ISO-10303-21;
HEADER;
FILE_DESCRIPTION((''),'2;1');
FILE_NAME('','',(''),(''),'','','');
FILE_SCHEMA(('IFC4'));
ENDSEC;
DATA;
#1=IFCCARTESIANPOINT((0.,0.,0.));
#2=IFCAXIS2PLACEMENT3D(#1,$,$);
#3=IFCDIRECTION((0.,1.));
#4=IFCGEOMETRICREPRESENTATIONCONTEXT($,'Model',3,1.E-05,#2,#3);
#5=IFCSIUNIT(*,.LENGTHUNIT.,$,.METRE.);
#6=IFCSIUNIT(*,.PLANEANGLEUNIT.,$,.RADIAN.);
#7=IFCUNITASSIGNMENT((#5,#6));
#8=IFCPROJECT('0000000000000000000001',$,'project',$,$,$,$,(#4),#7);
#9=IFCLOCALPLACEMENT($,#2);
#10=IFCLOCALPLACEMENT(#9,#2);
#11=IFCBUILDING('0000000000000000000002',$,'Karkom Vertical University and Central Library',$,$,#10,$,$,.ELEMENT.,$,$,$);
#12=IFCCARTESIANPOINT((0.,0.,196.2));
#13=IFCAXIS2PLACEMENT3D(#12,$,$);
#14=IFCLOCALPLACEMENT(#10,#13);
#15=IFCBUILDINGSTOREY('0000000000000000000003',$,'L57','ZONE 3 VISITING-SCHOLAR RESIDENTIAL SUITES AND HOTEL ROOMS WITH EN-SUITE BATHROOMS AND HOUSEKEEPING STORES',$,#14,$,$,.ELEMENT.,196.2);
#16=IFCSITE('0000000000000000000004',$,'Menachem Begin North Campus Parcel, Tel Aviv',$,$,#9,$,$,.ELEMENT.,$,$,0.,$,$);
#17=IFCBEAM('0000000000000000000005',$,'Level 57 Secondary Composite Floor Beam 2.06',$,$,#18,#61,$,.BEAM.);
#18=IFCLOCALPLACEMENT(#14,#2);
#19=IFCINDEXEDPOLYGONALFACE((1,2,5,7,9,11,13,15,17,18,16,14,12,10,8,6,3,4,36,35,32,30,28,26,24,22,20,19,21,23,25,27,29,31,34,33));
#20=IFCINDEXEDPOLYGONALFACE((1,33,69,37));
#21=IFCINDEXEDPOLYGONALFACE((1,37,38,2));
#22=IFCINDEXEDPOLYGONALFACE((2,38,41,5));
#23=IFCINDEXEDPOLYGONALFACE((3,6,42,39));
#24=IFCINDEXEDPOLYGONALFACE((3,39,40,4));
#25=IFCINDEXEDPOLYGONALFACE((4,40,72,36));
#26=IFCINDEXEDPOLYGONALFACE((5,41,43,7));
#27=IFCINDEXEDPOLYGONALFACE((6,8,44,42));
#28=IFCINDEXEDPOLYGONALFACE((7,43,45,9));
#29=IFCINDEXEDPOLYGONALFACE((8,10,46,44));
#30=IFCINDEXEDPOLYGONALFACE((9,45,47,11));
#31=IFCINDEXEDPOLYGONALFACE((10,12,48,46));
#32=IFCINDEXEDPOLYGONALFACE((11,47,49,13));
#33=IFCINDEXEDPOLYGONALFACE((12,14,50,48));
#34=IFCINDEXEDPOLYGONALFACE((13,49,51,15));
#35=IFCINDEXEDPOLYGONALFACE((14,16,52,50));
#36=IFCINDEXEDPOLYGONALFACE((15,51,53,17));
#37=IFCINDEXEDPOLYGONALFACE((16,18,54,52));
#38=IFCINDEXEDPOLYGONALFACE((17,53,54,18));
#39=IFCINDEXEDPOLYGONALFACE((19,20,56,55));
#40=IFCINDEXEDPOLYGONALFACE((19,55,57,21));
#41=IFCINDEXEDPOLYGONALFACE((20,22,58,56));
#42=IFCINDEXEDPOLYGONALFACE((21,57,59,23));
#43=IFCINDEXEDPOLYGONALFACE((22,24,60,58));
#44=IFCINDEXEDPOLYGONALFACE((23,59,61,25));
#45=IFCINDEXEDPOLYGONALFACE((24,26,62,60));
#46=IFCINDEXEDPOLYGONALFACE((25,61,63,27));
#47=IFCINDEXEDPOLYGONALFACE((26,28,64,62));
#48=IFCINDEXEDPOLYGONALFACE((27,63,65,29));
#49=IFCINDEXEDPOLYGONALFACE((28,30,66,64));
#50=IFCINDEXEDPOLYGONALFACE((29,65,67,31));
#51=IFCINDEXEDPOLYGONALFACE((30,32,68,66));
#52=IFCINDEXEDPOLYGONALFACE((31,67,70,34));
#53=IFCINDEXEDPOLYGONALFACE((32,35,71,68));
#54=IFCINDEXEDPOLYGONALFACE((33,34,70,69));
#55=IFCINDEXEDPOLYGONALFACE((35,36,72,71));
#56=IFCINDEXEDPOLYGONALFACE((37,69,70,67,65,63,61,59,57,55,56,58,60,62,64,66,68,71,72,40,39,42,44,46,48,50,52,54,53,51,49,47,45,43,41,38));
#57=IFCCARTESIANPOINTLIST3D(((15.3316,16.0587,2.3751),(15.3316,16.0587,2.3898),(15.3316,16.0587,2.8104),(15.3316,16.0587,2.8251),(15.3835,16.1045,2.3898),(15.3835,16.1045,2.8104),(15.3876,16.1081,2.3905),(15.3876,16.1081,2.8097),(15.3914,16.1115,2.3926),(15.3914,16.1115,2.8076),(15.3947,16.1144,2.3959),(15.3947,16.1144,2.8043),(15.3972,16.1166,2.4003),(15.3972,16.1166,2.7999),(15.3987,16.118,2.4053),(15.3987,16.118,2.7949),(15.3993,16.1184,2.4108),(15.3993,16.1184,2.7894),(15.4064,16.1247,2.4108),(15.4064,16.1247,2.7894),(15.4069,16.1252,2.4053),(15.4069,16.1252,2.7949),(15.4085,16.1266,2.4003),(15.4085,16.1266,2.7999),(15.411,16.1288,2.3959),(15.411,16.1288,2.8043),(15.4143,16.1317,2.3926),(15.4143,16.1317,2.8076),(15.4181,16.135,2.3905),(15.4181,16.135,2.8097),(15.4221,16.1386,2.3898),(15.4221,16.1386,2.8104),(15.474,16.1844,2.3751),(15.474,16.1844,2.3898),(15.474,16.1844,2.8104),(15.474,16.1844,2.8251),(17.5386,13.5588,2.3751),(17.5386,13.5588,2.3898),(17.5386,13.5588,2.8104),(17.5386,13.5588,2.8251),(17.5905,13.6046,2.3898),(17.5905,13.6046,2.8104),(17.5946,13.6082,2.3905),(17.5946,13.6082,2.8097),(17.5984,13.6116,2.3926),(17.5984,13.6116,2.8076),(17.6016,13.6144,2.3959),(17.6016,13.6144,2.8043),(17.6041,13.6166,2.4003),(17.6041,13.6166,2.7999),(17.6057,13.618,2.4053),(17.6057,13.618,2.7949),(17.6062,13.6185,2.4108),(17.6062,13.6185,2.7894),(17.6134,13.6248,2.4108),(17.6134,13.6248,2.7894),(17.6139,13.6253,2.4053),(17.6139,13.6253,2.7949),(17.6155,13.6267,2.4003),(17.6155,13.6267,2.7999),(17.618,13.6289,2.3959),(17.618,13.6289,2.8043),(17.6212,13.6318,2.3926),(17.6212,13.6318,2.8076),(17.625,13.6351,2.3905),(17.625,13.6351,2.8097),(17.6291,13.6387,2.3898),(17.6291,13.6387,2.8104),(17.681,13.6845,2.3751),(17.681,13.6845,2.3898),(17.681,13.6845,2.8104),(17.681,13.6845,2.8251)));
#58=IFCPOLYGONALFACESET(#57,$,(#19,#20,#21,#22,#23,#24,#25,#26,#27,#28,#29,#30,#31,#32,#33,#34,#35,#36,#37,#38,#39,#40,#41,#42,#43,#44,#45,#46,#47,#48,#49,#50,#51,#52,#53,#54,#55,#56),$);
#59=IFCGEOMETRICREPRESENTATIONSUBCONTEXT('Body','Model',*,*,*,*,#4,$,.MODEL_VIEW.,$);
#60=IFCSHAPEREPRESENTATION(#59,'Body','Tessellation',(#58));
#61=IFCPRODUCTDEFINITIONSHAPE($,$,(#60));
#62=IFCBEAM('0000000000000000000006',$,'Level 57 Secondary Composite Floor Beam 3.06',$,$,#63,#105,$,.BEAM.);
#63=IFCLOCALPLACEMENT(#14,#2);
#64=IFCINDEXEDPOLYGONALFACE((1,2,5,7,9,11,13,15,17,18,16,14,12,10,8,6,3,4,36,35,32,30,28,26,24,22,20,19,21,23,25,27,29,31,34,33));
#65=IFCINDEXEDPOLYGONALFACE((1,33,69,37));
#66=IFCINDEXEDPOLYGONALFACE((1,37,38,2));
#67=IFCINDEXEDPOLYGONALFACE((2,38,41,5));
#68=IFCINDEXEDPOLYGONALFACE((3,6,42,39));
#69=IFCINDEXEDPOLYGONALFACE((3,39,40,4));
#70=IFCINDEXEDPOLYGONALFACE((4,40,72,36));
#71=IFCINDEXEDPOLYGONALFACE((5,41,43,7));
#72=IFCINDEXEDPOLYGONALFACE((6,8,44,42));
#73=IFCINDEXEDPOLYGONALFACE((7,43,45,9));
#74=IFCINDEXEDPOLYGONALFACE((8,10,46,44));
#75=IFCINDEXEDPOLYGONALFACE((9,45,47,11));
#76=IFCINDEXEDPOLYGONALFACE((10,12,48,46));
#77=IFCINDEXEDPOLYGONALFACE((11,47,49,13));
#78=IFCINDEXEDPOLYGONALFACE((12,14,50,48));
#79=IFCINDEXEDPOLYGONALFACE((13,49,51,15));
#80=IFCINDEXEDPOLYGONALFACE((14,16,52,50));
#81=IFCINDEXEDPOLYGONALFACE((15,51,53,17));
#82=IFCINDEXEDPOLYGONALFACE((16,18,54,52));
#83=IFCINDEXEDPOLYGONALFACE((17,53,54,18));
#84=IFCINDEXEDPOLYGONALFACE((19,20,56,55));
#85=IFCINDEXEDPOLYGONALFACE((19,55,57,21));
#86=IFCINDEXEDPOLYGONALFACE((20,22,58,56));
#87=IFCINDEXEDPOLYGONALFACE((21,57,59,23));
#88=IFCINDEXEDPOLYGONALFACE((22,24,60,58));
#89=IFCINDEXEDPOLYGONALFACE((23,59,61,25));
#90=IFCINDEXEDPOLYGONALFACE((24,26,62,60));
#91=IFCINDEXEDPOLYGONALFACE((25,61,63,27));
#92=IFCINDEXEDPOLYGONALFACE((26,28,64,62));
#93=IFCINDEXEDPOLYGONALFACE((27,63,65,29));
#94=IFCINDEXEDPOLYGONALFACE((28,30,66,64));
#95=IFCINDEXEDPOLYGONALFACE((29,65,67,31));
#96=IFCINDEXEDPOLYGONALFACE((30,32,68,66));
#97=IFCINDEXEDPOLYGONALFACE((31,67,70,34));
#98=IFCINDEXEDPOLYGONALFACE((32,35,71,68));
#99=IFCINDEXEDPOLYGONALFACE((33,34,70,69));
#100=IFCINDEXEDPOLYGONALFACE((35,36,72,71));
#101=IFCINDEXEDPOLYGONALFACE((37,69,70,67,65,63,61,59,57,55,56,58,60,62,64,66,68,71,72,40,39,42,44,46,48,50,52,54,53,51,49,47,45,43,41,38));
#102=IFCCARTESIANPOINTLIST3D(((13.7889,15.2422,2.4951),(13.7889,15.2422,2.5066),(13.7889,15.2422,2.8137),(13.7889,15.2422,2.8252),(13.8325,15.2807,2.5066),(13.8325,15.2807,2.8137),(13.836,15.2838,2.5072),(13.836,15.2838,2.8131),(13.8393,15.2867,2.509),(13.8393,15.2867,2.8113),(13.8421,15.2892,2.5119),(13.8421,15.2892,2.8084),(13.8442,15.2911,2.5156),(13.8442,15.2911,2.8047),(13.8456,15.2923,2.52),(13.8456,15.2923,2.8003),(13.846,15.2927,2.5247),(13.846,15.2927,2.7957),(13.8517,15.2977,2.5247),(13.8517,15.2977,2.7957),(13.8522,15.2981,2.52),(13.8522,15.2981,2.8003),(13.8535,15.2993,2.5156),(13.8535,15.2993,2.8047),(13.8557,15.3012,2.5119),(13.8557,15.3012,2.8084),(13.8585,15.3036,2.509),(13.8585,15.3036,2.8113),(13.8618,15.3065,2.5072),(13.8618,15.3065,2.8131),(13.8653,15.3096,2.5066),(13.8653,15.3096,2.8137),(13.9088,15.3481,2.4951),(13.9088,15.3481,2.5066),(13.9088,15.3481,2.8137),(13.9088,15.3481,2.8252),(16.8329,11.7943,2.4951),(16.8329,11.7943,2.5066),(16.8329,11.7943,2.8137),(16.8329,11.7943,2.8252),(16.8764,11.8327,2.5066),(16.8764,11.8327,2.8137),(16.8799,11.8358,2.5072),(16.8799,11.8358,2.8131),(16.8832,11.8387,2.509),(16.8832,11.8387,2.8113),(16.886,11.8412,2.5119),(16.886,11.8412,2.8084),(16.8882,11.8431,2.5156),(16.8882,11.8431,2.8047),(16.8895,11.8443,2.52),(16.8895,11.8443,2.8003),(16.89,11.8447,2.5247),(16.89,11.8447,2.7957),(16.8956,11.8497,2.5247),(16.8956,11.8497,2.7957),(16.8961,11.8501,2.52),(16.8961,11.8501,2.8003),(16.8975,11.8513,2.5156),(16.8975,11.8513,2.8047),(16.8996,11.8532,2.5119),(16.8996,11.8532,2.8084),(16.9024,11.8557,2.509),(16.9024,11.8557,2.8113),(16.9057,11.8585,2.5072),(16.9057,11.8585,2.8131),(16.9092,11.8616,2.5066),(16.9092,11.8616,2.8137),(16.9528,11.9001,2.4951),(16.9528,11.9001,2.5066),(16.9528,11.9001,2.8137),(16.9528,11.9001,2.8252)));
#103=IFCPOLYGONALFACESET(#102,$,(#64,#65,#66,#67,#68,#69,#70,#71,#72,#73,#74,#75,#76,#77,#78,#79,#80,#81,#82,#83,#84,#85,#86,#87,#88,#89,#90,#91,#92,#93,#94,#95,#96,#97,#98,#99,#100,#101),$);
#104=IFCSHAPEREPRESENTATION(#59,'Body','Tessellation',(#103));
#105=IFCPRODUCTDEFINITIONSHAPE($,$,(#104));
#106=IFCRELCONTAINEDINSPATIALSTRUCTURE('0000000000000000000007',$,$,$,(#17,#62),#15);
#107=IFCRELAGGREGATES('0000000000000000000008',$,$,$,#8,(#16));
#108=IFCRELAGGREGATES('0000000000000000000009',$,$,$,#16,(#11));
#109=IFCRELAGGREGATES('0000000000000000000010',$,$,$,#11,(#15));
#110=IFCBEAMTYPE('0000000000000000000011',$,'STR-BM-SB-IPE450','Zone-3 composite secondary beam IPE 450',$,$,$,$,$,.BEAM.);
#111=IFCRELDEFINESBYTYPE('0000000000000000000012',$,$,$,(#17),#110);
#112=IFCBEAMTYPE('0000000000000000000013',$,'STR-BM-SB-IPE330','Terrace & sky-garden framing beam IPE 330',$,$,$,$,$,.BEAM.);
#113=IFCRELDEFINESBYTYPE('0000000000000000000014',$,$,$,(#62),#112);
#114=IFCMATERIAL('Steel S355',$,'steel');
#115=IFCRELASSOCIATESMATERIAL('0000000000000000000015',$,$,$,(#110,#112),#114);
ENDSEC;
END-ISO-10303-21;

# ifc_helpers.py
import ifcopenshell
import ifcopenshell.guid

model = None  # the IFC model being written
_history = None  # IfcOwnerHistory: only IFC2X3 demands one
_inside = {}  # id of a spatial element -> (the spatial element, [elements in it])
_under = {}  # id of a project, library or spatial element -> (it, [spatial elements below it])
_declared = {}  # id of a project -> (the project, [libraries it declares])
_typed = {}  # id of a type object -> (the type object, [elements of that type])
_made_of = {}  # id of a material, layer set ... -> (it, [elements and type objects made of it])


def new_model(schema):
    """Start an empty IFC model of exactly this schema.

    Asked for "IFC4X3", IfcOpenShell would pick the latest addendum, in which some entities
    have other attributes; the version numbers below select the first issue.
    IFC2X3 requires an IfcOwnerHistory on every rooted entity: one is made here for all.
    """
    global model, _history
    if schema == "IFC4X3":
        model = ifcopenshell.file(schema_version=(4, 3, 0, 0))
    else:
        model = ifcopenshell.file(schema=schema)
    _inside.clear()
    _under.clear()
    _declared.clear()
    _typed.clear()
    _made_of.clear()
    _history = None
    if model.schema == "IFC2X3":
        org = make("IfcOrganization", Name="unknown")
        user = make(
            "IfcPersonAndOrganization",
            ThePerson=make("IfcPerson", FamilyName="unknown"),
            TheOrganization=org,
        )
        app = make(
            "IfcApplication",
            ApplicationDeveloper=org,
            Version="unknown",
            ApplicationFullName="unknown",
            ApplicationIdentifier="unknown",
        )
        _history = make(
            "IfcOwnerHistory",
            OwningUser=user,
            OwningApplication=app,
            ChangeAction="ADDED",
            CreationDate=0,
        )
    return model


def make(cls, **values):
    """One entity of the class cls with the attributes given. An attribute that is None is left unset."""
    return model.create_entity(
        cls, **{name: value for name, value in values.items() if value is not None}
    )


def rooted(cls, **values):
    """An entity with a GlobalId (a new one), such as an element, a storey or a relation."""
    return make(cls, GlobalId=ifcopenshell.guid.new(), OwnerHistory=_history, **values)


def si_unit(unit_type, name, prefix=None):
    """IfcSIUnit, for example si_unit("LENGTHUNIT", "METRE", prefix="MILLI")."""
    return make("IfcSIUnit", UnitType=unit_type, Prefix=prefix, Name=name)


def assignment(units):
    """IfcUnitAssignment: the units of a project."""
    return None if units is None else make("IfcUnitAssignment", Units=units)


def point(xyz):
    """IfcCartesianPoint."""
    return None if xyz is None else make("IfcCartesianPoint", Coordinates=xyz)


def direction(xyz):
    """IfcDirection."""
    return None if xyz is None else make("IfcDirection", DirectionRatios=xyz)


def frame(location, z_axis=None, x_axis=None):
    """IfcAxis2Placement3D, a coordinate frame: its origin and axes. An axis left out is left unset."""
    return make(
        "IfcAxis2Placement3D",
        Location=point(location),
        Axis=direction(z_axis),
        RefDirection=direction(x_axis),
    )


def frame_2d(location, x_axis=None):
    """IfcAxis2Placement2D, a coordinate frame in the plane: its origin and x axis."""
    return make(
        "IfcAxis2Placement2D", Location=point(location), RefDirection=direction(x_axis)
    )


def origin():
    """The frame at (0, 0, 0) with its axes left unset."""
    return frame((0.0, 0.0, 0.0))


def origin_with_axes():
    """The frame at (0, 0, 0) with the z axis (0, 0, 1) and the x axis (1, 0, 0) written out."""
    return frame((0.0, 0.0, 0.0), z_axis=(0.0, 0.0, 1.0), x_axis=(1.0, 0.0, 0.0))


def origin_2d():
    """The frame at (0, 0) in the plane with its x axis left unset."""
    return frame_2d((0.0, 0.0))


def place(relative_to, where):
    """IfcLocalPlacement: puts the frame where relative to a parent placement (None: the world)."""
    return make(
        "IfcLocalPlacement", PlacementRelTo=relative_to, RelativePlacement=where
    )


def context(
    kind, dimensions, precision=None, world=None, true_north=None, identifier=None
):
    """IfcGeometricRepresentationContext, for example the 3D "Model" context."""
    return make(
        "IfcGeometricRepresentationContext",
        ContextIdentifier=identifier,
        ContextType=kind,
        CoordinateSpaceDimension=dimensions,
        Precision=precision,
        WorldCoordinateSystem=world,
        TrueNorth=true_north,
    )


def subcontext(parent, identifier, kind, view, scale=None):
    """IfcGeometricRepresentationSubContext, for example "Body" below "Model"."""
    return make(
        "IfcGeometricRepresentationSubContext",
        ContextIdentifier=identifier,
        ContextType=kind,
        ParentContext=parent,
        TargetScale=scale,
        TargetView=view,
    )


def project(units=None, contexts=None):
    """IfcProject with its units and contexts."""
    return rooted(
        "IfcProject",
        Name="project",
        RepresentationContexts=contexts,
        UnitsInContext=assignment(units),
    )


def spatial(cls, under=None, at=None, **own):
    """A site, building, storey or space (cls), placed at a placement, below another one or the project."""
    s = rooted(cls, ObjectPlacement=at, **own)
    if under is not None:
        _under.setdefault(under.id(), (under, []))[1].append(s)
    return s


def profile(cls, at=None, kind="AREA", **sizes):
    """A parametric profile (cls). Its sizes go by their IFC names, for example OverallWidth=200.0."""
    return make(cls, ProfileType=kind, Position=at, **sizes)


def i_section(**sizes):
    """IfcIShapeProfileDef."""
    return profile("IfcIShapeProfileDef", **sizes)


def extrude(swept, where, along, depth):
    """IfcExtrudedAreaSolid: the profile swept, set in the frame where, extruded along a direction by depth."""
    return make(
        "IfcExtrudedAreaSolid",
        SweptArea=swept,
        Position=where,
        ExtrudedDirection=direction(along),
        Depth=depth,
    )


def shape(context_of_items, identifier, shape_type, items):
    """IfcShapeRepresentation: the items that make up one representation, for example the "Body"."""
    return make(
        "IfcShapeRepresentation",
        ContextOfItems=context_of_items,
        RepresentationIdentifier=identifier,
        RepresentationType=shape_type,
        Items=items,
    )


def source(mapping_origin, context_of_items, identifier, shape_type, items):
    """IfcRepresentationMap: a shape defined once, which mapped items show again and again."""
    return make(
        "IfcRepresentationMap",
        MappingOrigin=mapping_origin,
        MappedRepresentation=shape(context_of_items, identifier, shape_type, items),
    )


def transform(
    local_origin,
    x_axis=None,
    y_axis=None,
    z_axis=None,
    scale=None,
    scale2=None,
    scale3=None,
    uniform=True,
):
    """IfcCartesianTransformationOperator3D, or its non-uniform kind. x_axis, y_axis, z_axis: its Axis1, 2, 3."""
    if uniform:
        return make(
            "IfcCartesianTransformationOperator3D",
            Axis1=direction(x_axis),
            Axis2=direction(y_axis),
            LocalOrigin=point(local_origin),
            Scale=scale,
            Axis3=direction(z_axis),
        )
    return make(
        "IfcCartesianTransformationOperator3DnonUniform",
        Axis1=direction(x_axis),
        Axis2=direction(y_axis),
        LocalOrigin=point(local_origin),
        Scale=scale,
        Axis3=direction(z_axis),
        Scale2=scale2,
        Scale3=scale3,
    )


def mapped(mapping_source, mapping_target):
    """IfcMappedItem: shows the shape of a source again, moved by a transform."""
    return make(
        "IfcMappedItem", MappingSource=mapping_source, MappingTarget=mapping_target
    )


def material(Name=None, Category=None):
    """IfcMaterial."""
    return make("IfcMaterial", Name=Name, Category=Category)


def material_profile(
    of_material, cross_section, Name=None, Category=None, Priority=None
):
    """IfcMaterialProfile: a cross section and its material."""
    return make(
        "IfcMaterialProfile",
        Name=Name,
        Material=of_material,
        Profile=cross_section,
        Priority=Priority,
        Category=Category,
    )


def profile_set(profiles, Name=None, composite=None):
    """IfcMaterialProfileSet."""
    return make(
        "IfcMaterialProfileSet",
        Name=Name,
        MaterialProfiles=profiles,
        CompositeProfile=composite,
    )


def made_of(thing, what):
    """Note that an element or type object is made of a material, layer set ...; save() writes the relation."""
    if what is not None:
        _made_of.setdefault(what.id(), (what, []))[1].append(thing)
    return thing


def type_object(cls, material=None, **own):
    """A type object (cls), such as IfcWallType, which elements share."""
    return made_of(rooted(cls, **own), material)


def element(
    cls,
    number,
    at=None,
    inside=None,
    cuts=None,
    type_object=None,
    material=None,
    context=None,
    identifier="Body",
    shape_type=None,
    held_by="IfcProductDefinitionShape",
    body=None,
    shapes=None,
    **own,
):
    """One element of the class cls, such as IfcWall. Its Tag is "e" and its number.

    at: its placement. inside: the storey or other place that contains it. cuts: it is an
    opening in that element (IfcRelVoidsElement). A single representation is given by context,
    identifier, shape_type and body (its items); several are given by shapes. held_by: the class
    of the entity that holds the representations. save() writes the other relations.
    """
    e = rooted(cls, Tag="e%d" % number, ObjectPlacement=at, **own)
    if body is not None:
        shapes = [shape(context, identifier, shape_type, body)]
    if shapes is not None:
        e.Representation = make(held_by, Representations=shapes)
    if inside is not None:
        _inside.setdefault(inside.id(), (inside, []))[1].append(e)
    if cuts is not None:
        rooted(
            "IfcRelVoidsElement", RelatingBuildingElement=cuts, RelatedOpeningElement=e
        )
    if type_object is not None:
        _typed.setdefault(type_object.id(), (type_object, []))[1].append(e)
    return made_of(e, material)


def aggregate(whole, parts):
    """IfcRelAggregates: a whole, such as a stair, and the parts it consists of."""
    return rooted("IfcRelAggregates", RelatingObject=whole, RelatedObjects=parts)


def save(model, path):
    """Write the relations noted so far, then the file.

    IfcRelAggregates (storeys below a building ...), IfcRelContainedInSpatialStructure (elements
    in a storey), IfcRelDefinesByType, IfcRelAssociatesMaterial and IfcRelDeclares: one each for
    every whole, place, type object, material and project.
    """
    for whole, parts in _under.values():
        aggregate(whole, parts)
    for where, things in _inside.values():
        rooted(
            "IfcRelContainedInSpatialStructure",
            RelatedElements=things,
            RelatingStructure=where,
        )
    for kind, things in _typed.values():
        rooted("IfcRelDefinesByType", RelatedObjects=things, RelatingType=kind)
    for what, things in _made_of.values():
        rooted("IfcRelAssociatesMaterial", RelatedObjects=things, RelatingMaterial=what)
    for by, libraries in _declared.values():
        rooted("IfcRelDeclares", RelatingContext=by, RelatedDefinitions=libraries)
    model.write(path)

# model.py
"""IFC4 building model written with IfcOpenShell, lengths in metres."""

from ifc_helpers import new_model, si_unit, direction, frame, origin, origin_with_axes, origin_2d, place, context, subcontext, project, spatial, i_section, extrude, source, transform, mapped, material, material_profile, profile_set, type_object, element, save


model = new_model("IFC4")

# Units and contexts
model_context = context("Model", 3, precision=1e-05, world=origin(), true_north=direction((0.0, 1.0)))
body_context = subcontext(model_context, "Body", "Model", "MODEL_VIEW")
ifc_project = project(units=[si_unit("LENGTHUNIT", "METRE"), si_unit("PLANEANGLEUNIT", "RADIAN")], contexts=[model_context])

# Site, building, storey
site_placement = place(None, origin())
site = spatial("IfcSite", under=ifc_project, at=site_placement, Name="Menachem Begin North Campus Parcel, Tel Aviv", CompositionType="ELEMENT", RefElevation=0.0)
building_placement = place(site_placement, origin())
building = spatial("IfcBuilding", under=site, at=building_placement, Name="Karkom Vertical University and Central Library", CompositionType="ELEMENT")
storey_placement = place(building_placement, frame((0.0, 0.0, 196.2)))
storey = spatial("IfcBuildingStorey", under=building, at=storey_placement, Name="L57", Description="ZONE 3 VISITING-SCHOLAR RESIDENTIAL SUITES AND HOTEL ROOMS WITH EN-SUITE BATHROOMS AND HOUSEKEEPING STORES", CompositionType="ELEMENT", Elevation=196.2)

# Beams
ifc_material_1 = material(Name="Steel S355", Category="steel")
ifc_material_profile_1 = material_profile(ifc_material_1, i_section(OverallWidth=0.1899, OverallDepth=0.45, WebThickness=0.0095, FlangeThickness=0.0146, FilletRadius=0.021, at=origin_2d()), Name="IPE 450")
ifc_profile_set_1 = profile_set([ifc_material_profile_1], Name="Steel S355")
beam_type_1 = type_object("IfcBeamType", Name="STR-BM-SB-IPE450", Description="Zone-3 composite secondary beam IPE 450", PredefinedType="BEAM", material=ifc_profile_set_1)
shared_shape_1 = source(origin_with_axes(), body_context, "Body", "SweptSolid", [
    extrude(i_section(OverallWidth=0.1899, OverallDepth=0.45, WebThickness=0.0095, FlangeThickness=0.0146, FilletRadius=0.021, at=origin_2d()), origin(), (0.0, 0.0, 1.0), 3.3347),
])
beam_1_placement = place(storey_placement, frame((15.4028, 16.1216, 2.6001), z_axis=(0.661815, -0.749667, 0.0), x_axis=(0.749667, 0.661815, 0.0)))
element("IfcBeam", 1, at=beam_1_placement, inside=storey, type_object=beam_type_1, Name="Level 57 Secondary Composite Floor Beam 2.06", PredefinedType="BEAM", context=body_context, shape_type="MappedRepresentation", body=[
    mapped(shared_shape_1, transform((0.0, 0.0, 0.0), scale=1.0)),
])
ifc_material_profile_2 = material_profile(ifc_material_1, i_section(OverallWidth=0.1599, OverallDepth=0.3301, WebThickness=0.0076, FlangeThickness=0.0115, FilletRadius=0.0181, at=origin_2d()), Name="IPE 330")
ifc_profile_set_2 = profile_set([ifc_material_profile_2], Name="Steel S355")
beam_type_2 = type_object("IfcBeamType", Name="STR-BM-SB-IPE330", Description="Terrace & sky-garden framing beam IPE 330", PredefinedType="BEAM", material=ifc_profile_set_2)
shared_shape_2 = source(origin_with_axes(), body_context, "Body", "SweptSolid", [
    extrude(i_section(OverallWidth=0.1599, OverallDepth=0.3301, WebThickness=0.0076, FlangeThickness=0.0115, FilletRadius=0.0181, at=origin_2d()), origin(), (0.0, 0.0, 1.0), 4.5994),
])
beam_2_placement = place(storey_placement, frame((13.8489, 15.2952, 2.6602), z_axis=(0.661816, -0.749666, 0.0), x_axis=(0.749666, 0.661816, 0.0)))
element("IfcBeam", 2, at=beam_2_placement, inside=storey, type_object=beam_type_2, Name="Level 57 Secondary Composite Floor Beam 3.06", PredefinedType="BEAM", context=body_context, shape_type="MappedRepresentation", body=[
    mapped(shared_shape_2, transform((0.0, 0.0, 0.0), scale=1.0)),
])

save(model, "model.ifc")
